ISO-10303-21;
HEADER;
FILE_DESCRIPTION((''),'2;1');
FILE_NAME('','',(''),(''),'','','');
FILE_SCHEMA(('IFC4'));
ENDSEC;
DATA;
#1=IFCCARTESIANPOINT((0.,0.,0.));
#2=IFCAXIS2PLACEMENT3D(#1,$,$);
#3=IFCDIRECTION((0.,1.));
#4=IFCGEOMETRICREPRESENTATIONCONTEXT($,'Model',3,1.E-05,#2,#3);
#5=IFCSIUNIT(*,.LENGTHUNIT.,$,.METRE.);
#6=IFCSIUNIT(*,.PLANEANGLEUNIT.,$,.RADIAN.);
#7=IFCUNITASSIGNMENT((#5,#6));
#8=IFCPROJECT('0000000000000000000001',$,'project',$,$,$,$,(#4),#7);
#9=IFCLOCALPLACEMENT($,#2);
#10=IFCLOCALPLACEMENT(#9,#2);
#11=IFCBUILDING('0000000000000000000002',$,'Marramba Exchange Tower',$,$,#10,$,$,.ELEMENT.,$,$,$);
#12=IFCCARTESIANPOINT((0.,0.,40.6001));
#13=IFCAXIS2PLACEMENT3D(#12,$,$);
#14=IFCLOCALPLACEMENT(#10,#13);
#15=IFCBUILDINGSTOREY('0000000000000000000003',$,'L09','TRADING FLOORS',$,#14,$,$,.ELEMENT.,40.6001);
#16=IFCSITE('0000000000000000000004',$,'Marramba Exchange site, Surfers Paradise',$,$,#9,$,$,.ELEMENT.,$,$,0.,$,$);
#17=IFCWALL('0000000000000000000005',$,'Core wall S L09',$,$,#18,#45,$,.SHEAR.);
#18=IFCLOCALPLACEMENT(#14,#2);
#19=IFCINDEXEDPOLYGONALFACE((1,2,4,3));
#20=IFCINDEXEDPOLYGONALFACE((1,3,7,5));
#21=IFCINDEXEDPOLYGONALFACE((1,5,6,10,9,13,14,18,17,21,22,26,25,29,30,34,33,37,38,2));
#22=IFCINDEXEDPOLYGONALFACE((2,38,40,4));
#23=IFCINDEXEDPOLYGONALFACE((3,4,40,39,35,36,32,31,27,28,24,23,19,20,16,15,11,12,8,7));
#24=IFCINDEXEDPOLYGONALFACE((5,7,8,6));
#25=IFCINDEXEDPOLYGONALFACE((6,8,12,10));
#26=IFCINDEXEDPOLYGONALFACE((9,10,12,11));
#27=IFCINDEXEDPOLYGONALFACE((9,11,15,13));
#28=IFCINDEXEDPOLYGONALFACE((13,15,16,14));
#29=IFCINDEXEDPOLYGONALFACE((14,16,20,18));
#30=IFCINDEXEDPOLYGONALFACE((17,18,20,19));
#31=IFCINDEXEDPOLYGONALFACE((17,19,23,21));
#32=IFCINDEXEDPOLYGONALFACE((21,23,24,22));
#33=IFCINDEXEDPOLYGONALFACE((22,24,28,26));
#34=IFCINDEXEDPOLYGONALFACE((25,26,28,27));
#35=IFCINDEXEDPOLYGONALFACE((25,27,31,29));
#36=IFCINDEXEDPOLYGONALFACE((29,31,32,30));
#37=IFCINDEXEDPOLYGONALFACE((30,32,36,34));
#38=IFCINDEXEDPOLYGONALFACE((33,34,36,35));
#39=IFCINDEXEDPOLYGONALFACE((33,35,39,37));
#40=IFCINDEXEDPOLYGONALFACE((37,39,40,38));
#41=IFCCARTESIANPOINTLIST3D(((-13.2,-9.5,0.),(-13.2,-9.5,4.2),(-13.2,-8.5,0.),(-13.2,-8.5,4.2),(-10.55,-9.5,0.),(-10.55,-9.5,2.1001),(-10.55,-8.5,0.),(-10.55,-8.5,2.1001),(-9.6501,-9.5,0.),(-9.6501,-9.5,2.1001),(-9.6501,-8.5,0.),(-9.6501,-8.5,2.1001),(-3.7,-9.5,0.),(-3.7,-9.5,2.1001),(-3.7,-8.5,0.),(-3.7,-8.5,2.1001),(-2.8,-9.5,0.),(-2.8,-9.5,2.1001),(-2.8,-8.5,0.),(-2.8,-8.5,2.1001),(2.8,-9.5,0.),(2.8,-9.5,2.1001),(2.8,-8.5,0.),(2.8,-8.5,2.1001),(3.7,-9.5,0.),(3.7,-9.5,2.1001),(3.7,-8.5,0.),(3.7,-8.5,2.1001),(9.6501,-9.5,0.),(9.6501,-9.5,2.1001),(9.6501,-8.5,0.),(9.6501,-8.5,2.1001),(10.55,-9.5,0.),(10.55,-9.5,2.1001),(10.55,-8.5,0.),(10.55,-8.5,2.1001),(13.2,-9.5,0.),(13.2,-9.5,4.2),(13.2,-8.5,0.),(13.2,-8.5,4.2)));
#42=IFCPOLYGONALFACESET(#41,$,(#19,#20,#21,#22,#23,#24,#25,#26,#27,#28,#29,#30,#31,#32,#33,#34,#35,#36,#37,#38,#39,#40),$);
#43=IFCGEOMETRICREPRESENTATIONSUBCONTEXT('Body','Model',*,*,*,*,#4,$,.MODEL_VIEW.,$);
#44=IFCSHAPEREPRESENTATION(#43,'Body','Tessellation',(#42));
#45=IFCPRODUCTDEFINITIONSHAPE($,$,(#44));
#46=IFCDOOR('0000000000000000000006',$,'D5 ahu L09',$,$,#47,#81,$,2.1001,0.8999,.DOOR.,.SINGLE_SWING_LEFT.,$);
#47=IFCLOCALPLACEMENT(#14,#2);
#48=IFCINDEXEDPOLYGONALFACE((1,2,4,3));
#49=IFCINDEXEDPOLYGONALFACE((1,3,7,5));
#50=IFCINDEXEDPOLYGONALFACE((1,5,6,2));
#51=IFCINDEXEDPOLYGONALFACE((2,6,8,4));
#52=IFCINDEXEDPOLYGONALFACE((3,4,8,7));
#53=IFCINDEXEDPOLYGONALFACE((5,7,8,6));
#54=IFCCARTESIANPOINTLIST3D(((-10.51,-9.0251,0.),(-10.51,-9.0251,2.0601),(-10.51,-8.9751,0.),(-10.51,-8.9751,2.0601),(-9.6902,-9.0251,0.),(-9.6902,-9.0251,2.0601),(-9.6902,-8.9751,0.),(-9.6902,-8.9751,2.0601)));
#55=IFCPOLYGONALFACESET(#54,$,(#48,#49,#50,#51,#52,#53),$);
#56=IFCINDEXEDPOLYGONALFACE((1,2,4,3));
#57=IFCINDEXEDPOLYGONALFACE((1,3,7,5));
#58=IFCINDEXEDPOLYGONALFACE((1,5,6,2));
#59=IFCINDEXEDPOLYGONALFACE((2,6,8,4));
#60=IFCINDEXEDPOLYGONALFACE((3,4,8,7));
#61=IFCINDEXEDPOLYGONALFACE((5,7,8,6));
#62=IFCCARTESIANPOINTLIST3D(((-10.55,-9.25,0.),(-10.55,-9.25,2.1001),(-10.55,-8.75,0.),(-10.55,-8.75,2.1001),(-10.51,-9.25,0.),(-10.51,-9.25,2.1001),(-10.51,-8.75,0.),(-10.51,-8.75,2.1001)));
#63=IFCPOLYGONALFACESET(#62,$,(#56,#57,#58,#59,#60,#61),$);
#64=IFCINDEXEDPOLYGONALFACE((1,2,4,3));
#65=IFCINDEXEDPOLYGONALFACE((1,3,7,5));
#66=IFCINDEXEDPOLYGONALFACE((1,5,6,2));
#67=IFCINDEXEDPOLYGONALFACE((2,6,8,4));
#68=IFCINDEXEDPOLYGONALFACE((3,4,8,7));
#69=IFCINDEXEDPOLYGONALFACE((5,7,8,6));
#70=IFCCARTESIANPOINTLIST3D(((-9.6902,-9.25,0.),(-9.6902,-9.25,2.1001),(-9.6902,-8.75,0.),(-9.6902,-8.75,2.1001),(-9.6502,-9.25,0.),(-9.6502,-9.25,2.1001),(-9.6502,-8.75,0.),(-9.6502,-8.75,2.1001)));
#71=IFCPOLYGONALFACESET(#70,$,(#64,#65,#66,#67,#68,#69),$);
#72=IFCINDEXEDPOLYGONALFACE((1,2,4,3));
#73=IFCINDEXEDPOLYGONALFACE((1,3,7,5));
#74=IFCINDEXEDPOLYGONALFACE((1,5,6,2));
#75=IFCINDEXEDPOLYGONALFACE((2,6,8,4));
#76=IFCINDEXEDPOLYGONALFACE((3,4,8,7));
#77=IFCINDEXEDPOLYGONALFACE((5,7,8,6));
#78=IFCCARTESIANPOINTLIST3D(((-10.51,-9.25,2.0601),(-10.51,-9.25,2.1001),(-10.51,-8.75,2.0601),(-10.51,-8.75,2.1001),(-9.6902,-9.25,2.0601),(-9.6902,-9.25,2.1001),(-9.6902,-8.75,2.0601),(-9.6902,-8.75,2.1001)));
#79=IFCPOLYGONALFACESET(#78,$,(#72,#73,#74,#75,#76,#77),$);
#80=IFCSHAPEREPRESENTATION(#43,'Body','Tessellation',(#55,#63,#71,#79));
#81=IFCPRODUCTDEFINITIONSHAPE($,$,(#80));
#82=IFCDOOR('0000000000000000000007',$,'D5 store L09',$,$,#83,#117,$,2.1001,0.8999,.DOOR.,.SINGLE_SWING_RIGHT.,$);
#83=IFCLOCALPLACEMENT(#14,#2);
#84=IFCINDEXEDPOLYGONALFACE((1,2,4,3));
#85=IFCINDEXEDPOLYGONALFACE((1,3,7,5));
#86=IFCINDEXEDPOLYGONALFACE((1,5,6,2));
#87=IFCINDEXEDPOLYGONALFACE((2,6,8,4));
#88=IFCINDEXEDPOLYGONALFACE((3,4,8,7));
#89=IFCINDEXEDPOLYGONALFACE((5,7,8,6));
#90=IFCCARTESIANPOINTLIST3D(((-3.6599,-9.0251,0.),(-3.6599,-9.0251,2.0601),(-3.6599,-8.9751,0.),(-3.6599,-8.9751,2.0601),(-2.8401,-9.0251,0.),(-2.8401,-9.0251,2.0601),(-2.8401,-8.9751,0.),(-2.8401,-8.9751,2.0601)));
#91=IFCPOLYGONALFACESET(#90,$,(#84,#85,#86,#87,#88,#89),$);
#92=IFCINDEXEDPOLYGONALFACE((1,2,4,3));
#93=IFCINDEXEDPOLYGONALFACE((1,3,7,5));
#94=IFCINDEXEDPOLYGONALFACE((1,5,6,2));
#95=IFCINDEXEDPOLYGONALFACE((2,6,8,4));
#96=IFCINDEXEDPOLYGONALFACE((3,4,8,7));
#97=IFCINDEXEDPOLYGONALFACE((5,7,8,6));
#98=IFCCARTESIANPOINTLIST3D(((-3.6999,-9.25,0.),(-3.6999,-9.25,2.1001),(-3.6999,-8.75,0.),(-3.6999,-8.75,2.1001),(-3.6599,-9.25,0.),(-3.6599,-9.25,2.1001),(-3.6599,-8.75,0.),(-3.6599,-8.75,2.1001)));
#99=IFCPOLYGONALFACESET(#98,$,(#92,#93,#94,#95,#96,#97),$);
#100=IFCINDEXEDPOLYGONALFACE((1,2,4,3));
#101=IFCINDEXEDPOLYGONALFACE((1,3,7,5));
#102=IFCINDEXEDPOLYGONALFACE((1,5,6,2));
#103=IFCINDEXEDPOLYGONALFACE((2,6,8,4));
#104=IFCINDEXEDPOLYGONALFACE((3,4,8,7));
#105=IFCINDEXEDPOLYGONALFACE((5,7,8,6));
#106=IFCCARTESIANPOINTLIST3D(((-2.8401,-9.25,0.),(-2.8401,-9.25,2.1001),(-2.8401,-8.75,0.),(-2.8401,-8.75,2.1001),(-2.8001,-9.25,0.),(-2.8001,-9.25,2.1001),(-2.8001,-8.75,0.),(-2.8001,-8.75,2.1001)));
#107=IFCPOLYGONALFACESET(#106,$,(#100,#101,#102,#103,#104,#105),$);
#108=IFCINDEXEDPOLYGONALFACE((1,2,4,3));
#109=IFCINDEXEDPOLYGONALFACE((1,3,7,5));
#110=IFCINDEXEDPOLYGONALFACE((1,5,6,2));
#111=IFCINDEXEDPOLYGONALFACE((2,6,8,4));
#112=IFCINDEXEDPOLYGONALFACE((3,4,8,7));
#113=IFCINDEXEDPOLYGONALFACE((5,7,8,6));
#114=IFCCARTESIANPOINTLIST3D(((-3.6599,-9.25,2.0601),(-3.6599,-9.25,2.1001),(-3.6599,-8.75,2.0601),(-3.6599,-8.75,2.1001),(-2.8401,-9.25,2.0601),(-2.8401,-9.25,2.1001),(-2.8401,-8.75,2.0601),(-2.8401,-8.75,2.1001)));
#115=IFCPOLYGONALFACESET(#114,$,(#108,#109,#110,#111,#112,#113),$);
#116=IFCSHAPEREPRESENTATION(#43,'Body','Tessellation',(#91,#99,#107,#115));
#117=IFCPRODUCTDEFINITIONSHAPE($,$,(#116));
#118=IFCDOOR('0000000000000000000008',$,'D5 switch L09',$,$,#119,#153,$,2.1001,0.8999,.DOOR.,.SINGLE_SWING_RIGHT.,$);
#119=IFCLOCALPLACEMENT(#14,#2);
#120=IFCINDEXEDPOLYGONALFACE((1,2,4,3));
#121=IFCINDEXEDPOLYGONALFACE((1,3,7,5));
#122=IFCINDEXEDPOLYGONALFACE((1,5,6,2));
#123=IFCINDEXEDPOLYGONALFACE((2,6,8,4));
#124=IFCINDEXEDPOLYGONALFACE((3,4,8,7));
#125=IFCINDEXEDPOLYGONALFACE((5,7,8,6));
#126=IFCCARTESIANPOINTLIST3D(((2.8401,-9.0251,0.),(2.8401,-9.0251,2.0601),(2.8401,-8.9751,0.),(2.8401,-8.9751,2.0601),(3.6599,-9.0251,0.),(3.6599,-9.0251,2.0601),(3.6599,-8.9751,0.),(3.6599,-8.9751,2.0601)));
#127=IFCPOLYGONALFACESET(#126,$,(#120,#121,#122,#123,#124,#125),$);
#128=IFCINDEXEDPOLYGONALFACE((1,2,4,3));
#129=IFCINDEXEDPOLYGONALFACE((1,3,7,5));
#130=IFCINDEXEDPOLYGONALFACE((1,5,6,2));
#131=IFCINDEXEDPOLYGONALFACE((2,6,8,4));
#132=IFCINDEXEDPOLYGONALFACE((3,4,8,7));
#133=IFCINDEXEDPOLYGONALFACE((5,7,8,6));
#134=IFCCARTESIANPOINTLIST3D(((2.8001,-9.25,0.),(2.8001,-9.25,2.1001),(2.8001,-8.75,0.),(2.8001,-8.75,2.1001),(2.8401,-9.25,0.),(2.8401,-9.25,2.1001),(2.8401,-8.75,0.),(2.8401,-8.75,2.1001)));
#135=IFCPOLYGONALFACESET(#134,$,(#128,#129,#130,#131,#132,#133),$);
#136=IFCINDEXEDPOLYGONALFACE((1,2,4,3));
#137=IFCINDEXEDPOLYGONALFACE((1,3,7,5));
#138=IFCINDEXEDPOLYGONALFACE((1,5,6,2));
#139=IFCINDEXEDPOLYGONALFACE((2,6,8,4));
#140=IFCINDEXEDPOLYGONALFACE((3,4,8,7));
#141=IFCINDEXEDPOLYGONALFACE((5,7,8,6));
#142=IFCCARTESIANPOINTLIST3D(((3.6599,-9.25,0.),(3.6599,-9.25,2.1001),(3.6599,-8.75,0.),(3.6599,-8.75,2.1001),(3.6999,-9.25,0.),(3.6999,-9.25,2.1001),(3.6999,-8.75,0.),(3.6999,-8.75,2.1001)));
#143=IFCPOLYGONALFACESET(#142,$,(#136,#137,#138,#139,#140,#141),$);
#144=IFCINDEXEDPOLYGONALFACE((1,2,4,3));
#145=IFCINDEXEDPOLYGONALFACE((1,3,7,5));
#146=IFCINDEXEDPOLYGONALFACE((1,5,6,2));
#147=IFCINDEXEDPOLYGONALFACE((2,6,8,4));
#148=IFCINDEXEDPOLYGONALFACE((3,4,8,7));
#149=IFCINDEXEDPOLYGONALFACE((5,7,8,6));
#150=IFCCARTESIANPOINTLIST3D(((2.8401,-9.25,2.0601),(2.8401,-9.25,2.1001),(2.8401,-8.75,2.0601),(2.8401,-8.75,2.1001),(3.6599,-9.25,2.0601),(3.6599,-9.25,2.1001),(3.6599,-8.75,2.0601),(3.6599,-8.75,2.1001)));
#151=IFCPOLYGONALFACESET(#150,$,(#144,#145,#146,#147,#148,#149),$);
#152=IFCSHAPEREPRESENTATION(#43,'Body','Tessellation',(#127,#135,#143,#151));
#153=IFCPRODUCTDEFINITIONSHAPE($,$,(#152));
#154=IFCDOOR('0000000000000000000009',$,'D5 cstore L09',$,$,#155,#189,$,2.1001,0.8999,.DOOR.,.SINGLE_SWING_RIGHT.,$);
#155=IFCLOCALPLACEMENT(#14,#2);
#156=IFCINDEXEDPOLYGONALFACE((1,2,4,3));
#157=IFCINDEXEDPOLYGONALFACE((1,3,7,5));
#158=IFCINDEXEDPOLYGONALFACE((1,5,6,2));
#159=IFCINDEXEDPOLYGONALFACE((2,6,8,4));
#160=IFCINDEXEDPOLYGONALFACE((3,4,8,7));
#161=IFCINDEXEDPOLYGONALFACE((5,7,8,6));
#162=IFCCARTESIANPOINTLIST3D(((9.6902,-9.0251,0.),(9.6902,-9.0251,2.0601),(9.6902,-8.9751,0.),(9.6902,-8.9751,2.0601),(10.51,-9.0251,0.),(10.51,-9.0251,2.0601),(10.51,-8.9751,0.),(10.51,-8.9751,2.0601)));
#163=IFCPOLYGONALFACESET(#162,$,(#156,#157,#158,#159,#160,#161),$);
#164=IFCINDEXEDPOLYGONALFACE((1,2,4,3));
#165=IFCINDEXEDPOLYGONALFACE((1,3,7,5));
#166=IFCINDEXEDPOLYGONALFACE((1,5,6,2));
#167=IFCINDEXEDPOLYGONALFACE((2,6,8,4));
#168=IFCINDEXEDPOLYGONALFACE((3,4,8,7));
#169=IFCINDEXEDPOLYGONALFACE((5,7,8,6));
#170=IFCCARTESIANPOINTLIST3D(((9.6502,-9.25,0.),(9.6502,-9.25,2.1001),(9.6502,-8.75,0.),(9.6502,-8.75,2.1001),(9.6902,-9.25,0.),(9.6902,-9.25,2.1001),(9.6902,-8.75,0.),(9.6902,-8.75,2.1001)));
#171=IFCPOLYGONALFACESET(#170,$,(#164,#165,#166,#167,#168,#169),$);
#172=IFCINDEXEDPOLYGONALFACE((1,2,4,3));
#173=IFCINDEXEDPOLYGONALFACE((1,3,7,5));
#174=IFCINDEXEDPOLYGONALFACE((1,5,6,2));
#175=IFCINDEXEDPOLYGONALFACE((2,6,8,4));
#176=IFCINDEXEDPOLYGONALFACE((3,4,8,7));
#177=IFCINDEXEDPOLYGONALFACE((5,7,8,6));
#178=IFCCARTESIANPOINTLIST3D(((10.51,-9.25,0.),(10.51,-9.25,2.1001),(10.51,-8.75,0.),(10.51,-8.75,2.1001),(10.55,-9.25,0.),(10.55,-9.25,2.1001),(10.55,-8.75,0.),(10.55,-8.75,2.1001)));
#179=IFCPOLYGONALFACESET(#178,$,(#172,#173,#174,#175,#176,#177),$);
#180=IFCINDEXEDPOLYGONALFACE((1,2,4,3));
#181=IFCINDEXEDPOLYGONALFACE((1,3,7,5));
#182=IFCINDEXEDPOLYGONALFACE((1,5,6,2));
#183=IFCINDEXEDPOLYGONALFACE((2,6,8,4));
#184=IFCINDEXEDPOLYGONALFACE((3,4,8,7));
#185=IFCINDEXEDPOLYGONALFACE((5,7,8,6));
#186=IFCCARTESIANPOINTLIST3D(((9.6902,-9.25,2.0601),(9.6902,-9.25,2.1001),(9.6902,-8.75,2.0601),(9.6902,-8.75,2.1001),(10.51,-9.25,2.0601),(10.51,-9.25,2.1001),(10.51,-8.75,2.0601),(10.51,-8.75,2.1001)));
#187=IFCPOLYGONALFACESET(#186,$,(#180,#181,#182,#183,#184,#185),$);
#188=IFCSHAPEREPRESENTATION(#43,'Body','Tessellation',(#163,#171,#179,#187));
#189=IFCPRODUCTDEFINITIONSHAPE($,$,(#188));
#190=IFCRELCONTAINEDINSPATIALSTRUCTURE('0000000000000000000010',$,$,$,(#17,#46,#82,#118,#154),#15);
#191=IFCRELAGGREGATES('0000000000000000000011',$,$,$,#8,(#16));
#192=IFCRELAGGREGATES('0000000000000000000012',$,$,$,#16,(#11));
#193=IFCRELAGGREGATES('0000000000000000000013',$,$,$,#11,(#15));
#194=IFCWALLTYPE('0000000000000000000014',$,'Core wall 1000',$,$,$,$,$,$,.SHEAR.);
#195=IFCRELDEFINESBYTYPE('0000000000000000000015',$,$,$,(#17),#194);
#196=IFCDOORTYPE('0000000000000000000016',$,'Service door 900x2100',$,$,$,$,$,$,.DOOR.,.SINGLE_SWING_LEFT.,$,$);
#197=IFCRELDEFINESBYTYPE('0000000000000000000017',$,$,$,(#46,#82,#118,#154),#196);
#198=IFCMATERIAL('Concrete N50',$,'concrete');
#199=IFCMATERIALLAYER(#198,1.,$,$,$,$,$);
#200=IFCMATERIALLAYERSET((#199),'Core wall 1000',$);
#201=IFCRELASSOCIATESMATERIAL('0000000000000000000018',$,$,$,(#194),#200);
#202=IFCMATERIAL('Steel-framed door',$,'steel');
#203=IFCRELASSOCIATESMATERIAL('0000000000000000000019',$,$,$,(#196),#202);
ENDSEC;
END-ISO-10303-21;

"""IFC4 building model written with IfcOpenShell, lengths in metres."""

from ifc_helpers import new_model, si_unit, direction, frame, frame_2d, origin, place, context, subcontext, project, spatial, rectangle, extrude, material, layer, layer_set, type_object, element, fill, save


model = new_model("IFC4")

# Units and contexts
model_context = context("Model", 3, precision=1e-05, world=origin(), true_north=direction((0.0, 1.0)))
body_context = subcontext(model_context, "Body", "Model", "MODEL_VIEW")
ifc_project = project(units=[si_unit("LENGTHUNIT", "METRE"), si_unit("PLANEANGLEUNIT", "RADIAN")], contexts=[model_context])

# Site, building, storey
site_placement = place(None, origin())
site = spatial("IfcSite", under=ifc_project, at=site_placement, Name="Marramba Exchange site, Surfers Paradise", CompositionType="ELEMENT", RefElevation=0.0)
building_placement = place(site_placement, origin())
building = spatial("IfcBuilding", under=site, at=building_placement, Name="Marramba Exchange Tower", CompositionType="ELEMENT")
storey_placement = place(building_placement, frame((0.0, 0.0, 40.6001)))
storey = spatial("IfcBuildingStorey", under=building, at=storey_placement, Name="L09", Description="TRADING FLOORS", CompositionType="ELEMENT", Elevation=40.6001)

# Shared definitions
ifc_material_1 = material(Name="Concrete N50", Category="concrete")

# Wall, openings, doors
ifc_layer_1 = layer(ifc_material_1, 1.0)
ifc_layer_set_1 = layer_set([ifc_layer_1], Name="Core wall 1000")
wall_type_1 = type_object("IfcWallType", Name="Core wall 1000", PredefinedType="SHEAR", material=ifc_layer_set_1)
wall_1_placement = place(storey_placement, frame((-13.2, -9.0, 0.0), z_axis=(0.0, 0.0, 1.0), x_axis=(1.0, 0.0, 0.0)))
wall_1 = element("IfcWall", 1, at=wall_1_placement, inside=storey, type_object=wall_type_1, Name="Core wall S L09", PredefinedType="SHEAR", context=body_context, shape_type="SweptSolid", body=[
    extrude(rectangle(XDim=26.3999, YDim=1.0, at=frame_2d((13.2, 0.0))), origin(), (0.0, 0.0, 1.0), 4.2),
])
opening_1_placement = place(wall_1_placement, frame((2.6499, 0.0, 0.0)))
opening_1 = element("IfcOpeningElement", 2, at=opening_1_placement, cuts=wall_1, PredefinedType="OPENING", context=body_context, shape_type="SweptSolid", body=[
    extrude(rectangle(XDim=0.8999, YDim=2.1001, at=frame_2d((0.45, 1.05))), frame((0.0, 0.51, 0.0), z_axis=(0.0, -1.0, 0.0), x_axis=(1.0, 0.0, 0.0)), (0.0, 0.0, 1.0), 1.02),
])
opening_2_placement = place(wall_1_placement, frame((9.5, 0.0, 0.0)))
opening_2 = element("IfcOpeningElement", 3, at=opening_2_placement, cuts=wall_1, PredefinedType="OPENING", context=body_context, shape_type="SweptSolid", body=[
    extrude(rectangle(XDim=0.8999, YDim=2.1001, at=frame_2d((0.45, 1.05))), frame((0.0, 0.51, 0.0), z_axis=(0.0, -1.0, 0.0), x_axis=(1.0, 0.0, 0.0)), (0.0, 0.0, 1.0), 1.02),
])
opening_3_placement = place(wall_1_placement, frame((16.0, 0.0, 0.0)))
opening_3 = element("IfcOpeningElement", 4, at=opening_3_placement, cuts=wall_1, PredefinedType="OPENING", context=body_context, shape_type="SweptSolid", body=[
    extrude(rectangle(XDim=0.8999, YDim=2.1001, at=frame_2d((0.45, 1.05))), frame((0.0, 0.51, 0.0), z_axis=(0.0, -1.0, 0.0), x_axis=(1.0, 0.0, 0.0)), (0.0, 0.0, 1.0), 1.02),
])
opening_4_placement = place(wall_1_placement, frame((22.8501, 0.0, 0.0)))
opening_4 = element("IfcOpeningElement", 5, at=opening_4_placement, cuts=wall_1, PredefinedType="OPENING", context=body_context, shape_type="SweptSolid", body=[
    extrude(rectangle(XDim=0.8999, YDim=2.1001, at=frame_2d((0.45, 1.05))), frame((0.0, 0.51, 0.0), z_axis=(0.0, -1.0, 0.0), x_axis=(1.0, 0.0, 0.0)), (0.0, 0.0, 1.0), 1.02),
])
ifc_material_2 = material(Name="Steel-framed door", Category="steel")
door_type = type_object("IfcDoorType", Name="Service door 900x2100", OperationType="SINGLE_SWING_LEFT", PredefinedType="DOOR", material=ifc_material_2)
door_1_placement = place(opening_1_placement, origin())
door_1 = element("IfcDoor", 6, at=door_1_placement, inside=storey, type_object=door_type, Name="D5 ahu L09", OperationType="SINGLE_SWING_LEFT", OverallHeight=2.1001, OverallWidth=0.8999, PredefinedType="DOOR", context=body_context, shape_type="SweptSolid", body=[
    extrude(rectangle(XDim=0.8198, YDim=2.0601, at=frame_2d((0.45, 1.03))), frame((0.0, 0.0249, 0.0), z_axis=(0.0, -1.0, 0.0), x_axis=(1.0, 0.0, 0.0)), (0.0, 0.0, 1.0), 0.05),
    extrude(rectangle(XDim=0.04, YDim=2.1001, at=frame_2d((0.02, 1.05))), frame((0.0, 0.25, 0.0), z_axis=(0.0, -1.0, 0.0), x_axis=(1.0, 0.0, 0.0)), (0.0, 0.0, 1.0), 0.5),
    extrude(rectangle(XDim=0.04, YDim=2.1001, at=frame_2d((0.8799, 1.05))), frame((0.0, 0.25, 0.0), z_axis=(0.0, -1.0, 0.0), x_axis=(1.0, 0.0, 0.0)), (0.0, 0.0, 1.0), 0.5),
    extrude(rectangle(XDim=0.8198, YDim=0.04, at=frame_2d((0.45, 2.0801))), frame((0.0, 0.25, 0.0), z_axis=(0.0, -1.0, 0.0), x_axis=(1.0, 0.0, 0.0)), (0.0, 0.0, 1.0), 0.5),
])
fill(opening_1, door_1)
door_2_placement = place(opening_2_placement, origin())
door_2 = element("IfcDoor", 7, at=door_2_placement, inside=storey, type_object=door_type, Name="D5 store L09", OperationType="SINGLE_SWING_RIGHT", OverallHeight=2.1001, OverallWidth=0.8999, PredefinedType="DOOR", context=body_context, shape_type="SweptSolid", body=[
    extrude(rectangle(XDim=0.8198, YDim=2.0601, at=frame_2d((0.45, 1.03))), frame((0.0, 0.0249, 0.0), z_axis=(0.0, -1.0, 0.0), x_axis=(1.0, 0.0, 0.0)), (0.0, 0.0, 1.0), 0.05),
    extrude(rectangle(XDim=0.04, YDim=2.1001, at=frame_2d((0.02, 1.05))), frame((0.0, 0.25, 0.0), z_axis=(0.0, -1.0, 0.0), x_axis=(1.0, 0.0, 0.0)), (0.0, 0.0, 1.0), 0.5),
    extrude(rectangle(XDim=0.04, YDim=2.1001, at=frame_2d((0.8799, 1.05))), frame((0.0, 0.25, 0.0), z_axis=(0.0, -1.0, 0.0), x_axis=(1.0, 0.0, 0.0)), (0.0, 0.0, 1.0), 0.5),
    extrude(rectangle(XDim=0.8198, YDim=0.04, at=frame_2d((0.45, 2.0801))), frame((0.0, 0.25, 0.0), z_axis=(0.0, -1.0, 0.0), x_axis=(1.0, 0.0, 0.0)), (0.0, 0.0, 1.0), 0.5),
])
fill(opening_2, door_2)
door_3_placement = place(opening_3_placement, origin())
door_3 = element("IfcDoor", 8, at=door_3_placement, inside=storey, type_object=door_type, Name="D5 switch L09", OperationType="SINGLE_SWING_RIGHT", OverallHeight=2.1001, OverallWidth=0.8999, PredefinedType="DOOR", context=body_context, shape_type="SweptSolid", body=[
    extrude(rectangle(XDim=0.8198, YDim=2.0601, at=frame_2d((0.45, 1.03))), frame((0.0, 0.0249, 0.0), z_axis=(0.0, -1.0, 0.0), x_axis=(1.0, 0.0, 0.0)), (0.0, 0.0, 1.0), 0.05),
    extrude(rectangle(XDim=0.04, YDim=2.1001, at=frame_2d((0.02, 1.05))), frame((0.0, 0.25, 0.0), z_axis=(0.0, -1.0, 0.0), x_axis=(1.0, 0.0, 0.0)), (0.0, 0.0, 1.0), 0.5),
    extrude(rectangle(XDim=0.04, YDim=2.1001, at=frame_2d((0.8799, 1.05))), frame((0.0, 0.25, 0.0), z_axis=(0.0, -1.0, 0.0), x_axis=(1.0, 0.0, 0.0)), (0.0, 0.0, 1.0), 0.5),
    extrude(rectangle(XDim=0.8198, YDim=0.04, at=frame_2d((0.45, 2.0801))), frame((0.0, 0.25, 0.0), z_axis=(0.0, -1.0, 0.0), x_axis=(1.0, 0.0, 0.0)), (0.0, 0.0, 1.0), 0.5),
])
fill(opening_3, door_3)
door_4_placement = place(opening_4_placement, origin())
door_4 = element("IfcDoor", 9, at=door_4_placement, inside=storey, type_object=door_type, Name="D5 cstore L09", OperationType="SINGLE_SWING_RIGHT", OverallHeight=2.1001, OverallWidth=0.8999, PredefinedType="DOOR", context=body_context, shape_type="SweptSolid", body=[
    extrude(rectangle(XDim=0.8198, YDim=2.0601, at=frame_2d((0.45, 1.03))), frame((0.0, 0.0249, 0.0), z_axis=(0.0, -1.0, 0.0), x_axis=(1.0, 0.0, 0.0)), (0.0, 0.0, 1.0), 0.05),
    extrude(rectangle(XDim=0.04, YDim=2.1001, at=frame_2d((0.02, 1.05))), frame((0.0, 0.25, 0.0), z_axis=(0.0, -1.0, 0.0), x_axis=(1.0, 0.0, 0.0)), (0.0, 0.0, 1.0), 0.5),
    extrude(rectangle(XDim=0.04, YDim=2.1001, at=frame_2d((0.8799, 1.05))), frame((0.0, 0.25, 0.0), z_axis=(0.0, -1.0, 0.0), x_axis=(1.0, 0.0, 0.0)), (0.0, 0.0, 1.0), 0.5),
    extrude(rectangle(XDim=0.8198, YDim=0.04, at=frame_2d((0.45, 2.0801))), frame((0.0, 0.25, 0.0), z_axis=(0.0, -1.0, 0.0), x_axis=(1.0, 0.0, 0.0)), (0.0, 0.0, 1.0), 0.5),
])
fill(opening_4, door_4)

save(model, "model.ifc")
